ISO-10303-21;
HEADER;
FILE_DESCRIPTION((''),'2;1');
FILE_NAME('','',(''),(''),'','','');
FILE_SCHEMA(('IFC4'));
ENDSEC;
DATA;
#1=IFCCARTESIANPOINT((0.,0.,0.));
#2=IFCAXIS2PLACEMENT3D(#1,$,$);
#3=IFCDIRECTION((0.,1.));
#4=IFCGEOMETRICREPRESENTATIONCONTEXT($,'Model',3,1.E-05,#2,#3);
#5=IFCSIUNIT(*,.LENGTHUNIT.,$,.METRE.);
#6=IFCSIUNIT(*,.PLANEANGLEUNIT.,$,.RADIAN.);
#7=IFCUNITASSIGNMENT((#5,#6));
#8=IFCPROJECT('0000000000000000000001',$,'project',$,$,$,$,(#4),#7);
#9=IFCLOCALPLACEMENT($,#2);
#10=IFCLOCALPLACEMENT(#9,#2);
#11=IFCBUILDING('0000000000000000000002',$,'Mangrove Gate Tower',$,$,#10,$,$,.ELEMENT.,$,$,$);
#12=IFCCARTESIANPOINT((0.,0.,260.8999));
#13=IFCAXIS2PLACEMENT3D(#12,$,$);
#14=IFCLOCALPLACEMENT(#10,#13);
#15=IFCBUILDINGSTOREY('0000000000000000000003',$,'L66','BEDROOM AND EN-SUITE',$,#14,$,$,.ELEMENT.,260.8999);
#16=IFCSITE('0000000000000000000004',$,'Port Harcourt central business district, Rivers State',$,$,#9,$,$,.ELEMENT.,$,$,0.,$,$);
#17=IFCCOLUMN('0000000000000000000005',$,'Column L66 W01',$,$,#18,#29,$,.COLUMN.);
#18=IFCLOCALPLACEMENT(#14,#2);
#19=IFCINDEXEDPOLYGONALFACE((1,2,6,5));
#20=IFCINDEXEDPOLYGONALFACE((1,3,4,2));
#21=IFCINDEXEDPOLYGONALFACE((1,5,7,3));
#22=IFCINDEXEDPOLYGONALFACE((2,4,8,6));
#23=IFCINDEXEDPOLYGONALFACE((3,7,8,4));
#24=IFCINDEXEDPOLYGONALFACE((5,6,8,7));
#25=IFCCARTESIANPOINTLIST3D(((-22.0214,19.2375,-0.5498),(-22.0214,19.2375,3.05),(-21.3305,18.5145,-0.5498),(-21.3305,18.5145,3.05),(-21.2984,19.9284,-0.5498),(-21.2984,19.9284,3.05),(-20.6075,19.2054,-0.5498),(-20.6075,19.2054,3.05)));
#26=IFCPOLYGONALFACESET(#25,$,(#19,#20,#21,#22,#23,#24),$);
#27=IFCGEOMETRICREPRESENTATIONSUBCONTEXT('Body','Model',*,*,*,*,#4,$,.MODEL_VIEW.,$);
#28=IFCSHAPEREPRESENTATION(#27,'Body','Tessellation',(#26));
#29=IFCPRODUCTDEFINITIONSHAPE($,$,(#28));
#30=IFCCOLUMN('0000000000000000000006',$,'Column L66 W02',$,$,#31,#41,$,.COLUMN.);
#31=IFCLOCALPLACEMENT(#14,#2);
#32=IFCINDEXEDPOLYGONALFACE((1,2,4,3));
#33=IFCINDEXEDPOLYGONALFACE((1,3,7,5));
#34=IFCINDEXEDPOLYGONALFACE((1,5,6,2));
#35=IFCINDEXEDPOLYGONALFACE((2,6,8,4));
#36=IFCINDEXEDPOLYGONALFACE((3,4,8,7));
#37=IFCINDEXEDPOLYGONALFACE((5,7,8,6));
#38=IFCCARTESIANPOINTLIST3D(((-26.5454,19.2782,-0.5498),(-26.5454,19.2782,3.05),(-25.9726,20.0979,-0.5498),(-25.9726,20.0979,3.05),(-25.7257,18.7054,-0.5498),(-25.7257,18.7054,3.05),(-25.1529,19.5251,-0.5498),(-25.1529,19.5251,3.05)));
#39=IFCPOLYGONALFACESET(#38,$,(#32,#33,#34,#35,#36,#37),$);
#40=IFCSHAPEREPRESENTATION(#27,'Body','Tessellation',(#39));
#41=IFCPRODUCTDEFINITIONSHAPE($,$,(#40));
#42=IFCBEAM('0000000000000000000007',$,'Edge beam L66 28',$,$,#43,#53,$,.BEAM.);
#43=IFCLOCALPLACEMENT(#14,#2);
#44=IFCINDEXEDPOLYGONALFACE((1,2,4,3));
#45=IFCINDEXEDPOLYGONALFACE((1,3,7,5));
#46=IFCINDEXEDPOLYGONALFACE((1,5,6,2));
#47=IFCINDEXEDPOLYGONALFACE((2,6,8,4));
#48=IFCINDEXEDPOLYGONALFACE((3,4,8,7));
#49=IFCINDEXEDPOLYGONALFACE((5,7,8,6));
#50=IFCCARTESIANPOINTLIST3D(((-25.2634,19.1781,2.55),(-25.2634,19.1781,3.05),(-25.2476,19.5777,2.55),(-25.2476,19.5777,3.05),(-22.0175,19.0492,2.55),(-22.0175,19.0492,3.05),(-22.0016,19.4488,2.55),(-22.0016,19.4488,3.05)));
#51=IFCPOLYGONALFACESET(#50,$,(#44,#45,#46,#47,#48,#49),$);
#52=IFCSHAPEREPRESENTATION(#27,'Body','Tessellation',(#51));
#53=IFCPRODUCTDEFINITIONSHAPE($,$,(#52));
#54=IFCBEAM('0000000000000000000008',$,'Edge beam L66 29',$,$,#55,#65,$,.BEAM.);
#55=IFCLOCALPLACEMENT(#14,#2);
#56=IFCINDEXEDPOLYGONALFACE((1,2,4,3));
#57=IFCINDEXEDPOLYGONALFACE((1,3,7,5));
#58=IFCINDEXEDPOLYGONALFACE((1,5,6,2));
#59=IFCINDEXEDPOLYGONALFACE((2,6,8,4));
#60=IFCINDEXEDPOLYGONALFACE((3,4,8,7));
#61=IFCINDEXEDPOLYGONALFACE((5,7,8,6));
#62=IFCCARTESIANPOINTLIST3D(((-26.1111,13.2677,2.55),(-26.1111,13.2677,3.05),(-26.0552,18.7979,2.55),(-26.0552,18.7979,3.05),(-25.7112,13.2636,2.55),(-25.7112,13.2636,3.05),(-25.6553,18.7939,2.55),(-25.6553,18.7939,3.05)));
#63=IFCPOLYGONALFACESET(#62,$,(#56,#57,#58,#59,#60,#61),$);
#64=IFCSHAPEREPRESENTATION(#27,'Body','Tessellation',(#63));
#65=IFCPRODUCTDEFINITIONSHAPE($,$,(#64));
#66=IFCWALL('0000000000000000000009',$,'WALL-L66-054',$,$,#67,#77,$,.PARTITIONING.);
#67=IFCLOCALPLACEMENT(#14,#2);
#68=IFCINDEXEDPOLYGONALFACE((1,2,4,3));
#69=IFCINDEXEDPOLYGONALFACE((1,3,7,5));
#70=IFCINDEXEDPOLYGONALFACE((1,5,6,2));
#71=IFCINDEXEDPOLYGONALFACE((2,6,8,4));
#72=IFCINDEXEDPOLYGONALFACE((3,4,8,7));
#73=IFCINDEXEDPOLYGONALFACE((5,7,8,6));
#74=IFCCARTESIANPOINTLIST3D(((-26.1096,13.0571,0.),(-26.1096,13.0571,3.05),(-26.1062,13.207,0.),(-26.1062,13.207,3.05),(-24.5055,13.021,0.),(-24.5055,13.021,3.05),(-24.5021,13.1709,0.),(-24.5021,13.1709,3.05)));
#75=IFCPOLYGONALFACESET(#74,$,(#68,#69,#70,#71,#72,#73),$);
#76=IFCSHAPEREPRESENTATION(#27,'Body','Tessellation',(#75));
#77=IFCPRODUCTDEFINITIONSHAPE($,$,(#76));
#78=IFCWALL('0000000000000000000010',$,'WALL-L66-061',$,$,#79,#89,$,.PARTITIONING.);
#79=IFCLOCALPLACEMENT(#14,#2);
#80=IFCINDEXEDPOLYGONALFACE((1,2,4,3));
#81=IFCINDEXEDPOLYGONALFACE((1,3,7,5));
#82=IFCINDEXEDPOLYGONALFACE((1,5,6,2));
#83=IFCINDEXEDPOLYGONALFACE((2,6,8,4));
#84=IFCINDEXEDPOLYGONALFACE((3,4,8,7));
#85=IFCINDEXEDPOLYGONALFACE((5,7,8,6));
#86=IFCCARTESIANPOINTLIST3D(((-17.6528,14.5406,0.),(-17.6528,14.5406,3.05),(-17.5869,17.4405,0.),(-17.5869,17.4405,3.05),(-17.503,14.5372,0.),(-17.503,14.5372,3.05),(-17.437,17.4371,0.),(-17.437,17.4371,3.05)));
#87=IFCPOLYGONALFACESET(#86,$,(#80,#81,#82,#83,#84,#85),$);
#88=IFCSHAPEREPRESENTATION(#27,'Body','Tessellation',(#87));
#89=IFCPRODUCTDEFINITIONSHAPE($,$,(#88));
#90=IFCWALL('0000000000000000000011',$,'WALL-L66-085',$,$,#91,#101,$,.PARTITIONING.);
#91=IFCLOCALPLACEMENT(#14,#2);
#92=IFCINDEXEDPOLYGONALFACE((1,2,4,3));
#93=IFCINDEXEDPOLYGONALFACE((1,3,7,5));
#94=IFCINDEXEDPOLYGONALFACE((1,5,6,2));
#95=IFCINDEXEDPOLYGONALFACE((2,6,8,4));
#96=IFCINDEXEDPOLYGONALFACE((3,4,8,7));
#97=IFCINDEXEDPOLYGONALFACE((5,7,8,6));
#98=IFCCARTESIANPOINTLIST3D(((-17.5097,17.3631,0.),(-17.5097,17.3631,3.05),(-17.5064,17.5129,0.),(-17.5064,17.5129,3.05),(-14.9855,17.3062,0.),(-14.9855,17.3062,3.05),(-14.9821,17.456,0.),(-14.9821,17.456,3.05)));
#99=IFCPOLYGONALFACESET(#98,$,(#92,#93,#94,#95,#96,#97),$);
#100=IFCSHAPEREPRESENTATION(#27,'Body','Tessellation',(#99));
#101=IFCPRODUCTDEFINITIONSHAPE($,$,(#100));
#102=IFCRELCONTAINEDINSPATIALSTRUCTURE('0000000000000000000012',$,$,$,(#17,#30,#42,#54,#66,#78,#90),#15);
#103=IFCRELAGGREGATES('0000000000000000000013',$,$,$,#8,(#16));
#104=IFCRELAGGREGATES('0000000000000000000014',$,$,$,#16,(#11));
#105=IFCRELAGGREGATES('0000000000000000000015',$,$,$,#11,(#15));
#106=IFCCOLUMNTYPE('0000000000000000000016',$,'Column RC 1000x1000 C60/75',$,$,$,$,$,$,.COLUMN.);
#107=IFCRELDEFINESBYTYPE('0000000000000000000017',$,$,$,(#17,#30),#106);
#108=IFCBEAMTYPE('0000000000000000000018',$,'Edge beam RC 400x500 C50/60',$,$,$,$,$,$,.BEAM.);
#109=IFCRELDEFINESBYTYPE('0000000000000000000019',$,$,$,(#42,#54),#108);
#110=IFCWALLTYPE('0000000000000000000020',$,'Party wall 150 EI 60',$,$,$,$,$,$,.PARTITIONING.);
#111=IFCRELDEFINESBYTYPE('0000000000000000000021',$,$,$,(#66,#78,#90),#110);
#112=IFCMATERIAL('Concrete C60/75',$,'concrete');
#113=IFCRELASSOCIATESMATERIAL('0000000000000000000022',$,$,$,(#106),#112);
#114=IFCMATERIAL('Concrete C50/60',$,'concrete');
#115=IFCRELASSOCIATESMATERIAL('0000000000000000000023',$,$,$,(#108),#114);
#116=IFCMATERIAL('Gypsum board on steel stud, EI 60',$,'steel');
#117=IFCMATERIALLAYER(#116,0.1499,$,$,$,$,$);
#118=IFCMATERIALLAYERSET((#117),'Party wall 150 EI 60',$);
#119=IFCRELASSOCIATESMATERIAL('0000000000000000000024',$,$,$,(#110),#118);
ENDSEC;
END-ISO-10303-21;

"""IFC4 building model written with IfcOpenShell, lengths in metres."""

from ifc_helpers import new_model, si_unit, direction, frame, frame_2d, origin, origin_2d, place, context, subcontext, project, spatial, rectangle, extrude, material, layer, layer_set, material_profile, profile_set, type_object, element, save


model = new_model("IFC4")

# Units and contexts
model_context = context("Model", 3, precision=1e-05, world=origin(), true_north=direction((0.0, 1.0)))
body_context = subcontext(model_context, "Body", "Model", "MODEL_VIEW")
ifc_project = project(units=[si_unit("LENGTHUNIT", "METRE"), si_unit("PLANEANGLEUNIT", "RADIAN")], contexts=[model_context])

# Site, building, storey
site_placement = place(None, origin())
site = spatial("IfcSite", under=ifc_project, at=site_placement, Name="Port Harcourt central business district, Rivers State", CompositionType="ELEMENT", RefElevation=0.0)
building_placement = place(site_placement, origin())
building = spatial("IfcBuilding", under=site, at=building_placement, Name="Mangrove Gate Tower", CompositionType="ELEMENT")
storey_placement = place(building_placement, frame((0.0, 0.0, 260.8999)))
storey = spatial("IfcBuildingStorey", under=building, at=storey_placement, Name="L66", Description="BEDROOM AND EN-SUITE", CompositionType="ELEMENT", Elevation=260.8999)

# Columns
ifc_material_1 = material(Name="Concrete C60/75", Category="concrete")
ifc_material_profile_1 = material_profile(ifc_material_1, rectangle(XDim=1.0, YDim=1.0, at=origin_2d()))
ifc_profile_set_1 = profile_set([ifc_material_profile_1], Name="Concrete C60/75")
column_type = type_object("IfcColumnType", Name="Column RC 1000x1000 C60/75", PredefinedType="COLUMN", material=ifc_profile_set_1)
for number, where, z_axis, x_axis, name in (
    (1, (-21.3145, 19.2214, -0.5498), (0.0, 0.0, 1.0), (-0.722989, -0.69086, 0.0), "Column L66 W01"),
    (2, (-25.8491, 19.4016, -0.5498), (0.0, 0.0, 1.0), (-0.572799, -0.819696, 0.0), "Column L66 W02"),
):
    element("IfcColumn", number, at=place(storey_placement, frame(where, z_axis=z_axis, x_axis=x_axis)), inside=storey, type_object=column_type, Name=name, PredefinedType="COLUMN", context=body_context, shape_type="SweptSolid", body=[
        extrude(rectangle(XDim=1.0, YDim=1.0, at=origin_2d()), origin(), (0.0, 0.0, 1.0), 3.5999),
    ])

# Beams
ifc_material_2 = material(Name="Concrete C50/60", Category="concrete")
ifc_material_profile_2 = material_profile(ifc_material_2, rectangle(XDim=0.3999, YDim=0.5, at=origin_2d()))
ifc_profile_set_2 = profile_set([ifc_material_profile_2], Name="Concrete C50/60")
beam_type = type_object("IfcBeamType", Name="Edge beam RC 400x500 C50/60", PredefinedType="BEAM", material=ifc_profile_set_2)
beam_1_placement = place(storey_placement, frame((-22.0095, 19.249, 2.8), z_axis=(-0.999212, 0.03968, 0.0), x_axis=(-0.03968, -0.999212, 0.0)))
element("IfcBeam", 3, at=beam_1_placement, inside=storey, type_object=beam_type, Name="Edge beam L66 28", PredefinedType="BEAM", context=body_context, shape_type="SweptSolid", body=[
    extrude(rectangle(XDim=0.3999, YDim=0.5, at=origin_2d()), origin(), (0.0, 0.0, 1.0), 3.2485),
])
beam_2_placement = place(storey_placement, frame((-25.8552, 18.7959, 2.8), z_axis=(-0.010109, -0.999949, 0.0), x_axis=(0.999949, -0.010109, 0.0)))
element("IfcBeam", 4, at=beam_2_placement, inside=storey, type_object=beam_type, Name="Edge beam L66 29", PredefinedType="BEAM", context=body_context, shape_type="SweptSolid", body=[
    extrude(rectangle(XDim=0.3999, YDim=0.5, at=origin_2d()), origin(), (0.0, 0.0, 1.0), 5.5305),
])

# Walls
ifc_material_3 = material(Name="Gypsum board on steel stud, EI 60", Category="steel")
ifc_layer_1 = layer(ifc_material_3, 0.1499)
ifc_layer_set_1 = layer_set([ifc_layer_1], Name="Party wall 150 EI 60")
wall_type_1 = type_object("IfcWallType", Name="Party wall 150 EI 60", PredefinedType="PARTITIONING", material=ifc_layer_set_1)
wall_1_placement = place(storey_placement, frame((-26.1079, 13.1321, 0.0), z_axis=(0.0, 0.0, 1.0), x_axis=(0.999746, -0.022521, 0.0)))
element("IfcWall", 5, at=wall_1_placement, inside=storey, type_object=wall_type_1, Name="WALL-L66-054", PredefinedType="PARTITIONING", context=body_context, shape_type="SweptSolid", body=[
    extrude(rectangle(XDim=1.6045, YDim=0.1499, at=frame_2d((0.8022, 0.0))), origin(), (0.0, 0.0, 1.0), 3.05),
])
wall_2_placement = place(storey_placement, frame((-17.5779, 14.5391, 0.0), z_axis=(0.0, 0.0, 1.0), x_axis=(0.022725, 0.999742, 0.0)))
element("IfcWall", 6, at=wall_2_placement, inside=storey, type_object=wall_type_1, Name="WALL-L66-061", PredefinedType="PARTITIONING", context=body_context, shape_type="SweptSolid", body=[
    extrude(rectangle(XDim=2.9006, YDim=0.1499, at=frame_2d((1.4502, 0.0))), origin(), (0.0, 0.0, 1.0), 3.05),
])
wall_3_placement = place(storey_placement, frame((-17.5081, 17.438, 0.0), z_axis=(0.0, 0.0, 1.0), x_axis=(0.999746, -0.02253, 0.0)))
element("IfcWall", 7, at=wall_3_placement, inside=storey, type_object=wall_type_1, Name="WALL-L66-085", PredefinedType="PARTITIONING", context=body_context, shape_type="SweptSolid", body=[
    extrude(rectangle(XDim=2.5249, YDim=0.1499, at=frame_2d((1.2625, 0.0))), origin(), (0.0, 0.0, 1.0), 3.05),
])

save(model, "model.ifc")
